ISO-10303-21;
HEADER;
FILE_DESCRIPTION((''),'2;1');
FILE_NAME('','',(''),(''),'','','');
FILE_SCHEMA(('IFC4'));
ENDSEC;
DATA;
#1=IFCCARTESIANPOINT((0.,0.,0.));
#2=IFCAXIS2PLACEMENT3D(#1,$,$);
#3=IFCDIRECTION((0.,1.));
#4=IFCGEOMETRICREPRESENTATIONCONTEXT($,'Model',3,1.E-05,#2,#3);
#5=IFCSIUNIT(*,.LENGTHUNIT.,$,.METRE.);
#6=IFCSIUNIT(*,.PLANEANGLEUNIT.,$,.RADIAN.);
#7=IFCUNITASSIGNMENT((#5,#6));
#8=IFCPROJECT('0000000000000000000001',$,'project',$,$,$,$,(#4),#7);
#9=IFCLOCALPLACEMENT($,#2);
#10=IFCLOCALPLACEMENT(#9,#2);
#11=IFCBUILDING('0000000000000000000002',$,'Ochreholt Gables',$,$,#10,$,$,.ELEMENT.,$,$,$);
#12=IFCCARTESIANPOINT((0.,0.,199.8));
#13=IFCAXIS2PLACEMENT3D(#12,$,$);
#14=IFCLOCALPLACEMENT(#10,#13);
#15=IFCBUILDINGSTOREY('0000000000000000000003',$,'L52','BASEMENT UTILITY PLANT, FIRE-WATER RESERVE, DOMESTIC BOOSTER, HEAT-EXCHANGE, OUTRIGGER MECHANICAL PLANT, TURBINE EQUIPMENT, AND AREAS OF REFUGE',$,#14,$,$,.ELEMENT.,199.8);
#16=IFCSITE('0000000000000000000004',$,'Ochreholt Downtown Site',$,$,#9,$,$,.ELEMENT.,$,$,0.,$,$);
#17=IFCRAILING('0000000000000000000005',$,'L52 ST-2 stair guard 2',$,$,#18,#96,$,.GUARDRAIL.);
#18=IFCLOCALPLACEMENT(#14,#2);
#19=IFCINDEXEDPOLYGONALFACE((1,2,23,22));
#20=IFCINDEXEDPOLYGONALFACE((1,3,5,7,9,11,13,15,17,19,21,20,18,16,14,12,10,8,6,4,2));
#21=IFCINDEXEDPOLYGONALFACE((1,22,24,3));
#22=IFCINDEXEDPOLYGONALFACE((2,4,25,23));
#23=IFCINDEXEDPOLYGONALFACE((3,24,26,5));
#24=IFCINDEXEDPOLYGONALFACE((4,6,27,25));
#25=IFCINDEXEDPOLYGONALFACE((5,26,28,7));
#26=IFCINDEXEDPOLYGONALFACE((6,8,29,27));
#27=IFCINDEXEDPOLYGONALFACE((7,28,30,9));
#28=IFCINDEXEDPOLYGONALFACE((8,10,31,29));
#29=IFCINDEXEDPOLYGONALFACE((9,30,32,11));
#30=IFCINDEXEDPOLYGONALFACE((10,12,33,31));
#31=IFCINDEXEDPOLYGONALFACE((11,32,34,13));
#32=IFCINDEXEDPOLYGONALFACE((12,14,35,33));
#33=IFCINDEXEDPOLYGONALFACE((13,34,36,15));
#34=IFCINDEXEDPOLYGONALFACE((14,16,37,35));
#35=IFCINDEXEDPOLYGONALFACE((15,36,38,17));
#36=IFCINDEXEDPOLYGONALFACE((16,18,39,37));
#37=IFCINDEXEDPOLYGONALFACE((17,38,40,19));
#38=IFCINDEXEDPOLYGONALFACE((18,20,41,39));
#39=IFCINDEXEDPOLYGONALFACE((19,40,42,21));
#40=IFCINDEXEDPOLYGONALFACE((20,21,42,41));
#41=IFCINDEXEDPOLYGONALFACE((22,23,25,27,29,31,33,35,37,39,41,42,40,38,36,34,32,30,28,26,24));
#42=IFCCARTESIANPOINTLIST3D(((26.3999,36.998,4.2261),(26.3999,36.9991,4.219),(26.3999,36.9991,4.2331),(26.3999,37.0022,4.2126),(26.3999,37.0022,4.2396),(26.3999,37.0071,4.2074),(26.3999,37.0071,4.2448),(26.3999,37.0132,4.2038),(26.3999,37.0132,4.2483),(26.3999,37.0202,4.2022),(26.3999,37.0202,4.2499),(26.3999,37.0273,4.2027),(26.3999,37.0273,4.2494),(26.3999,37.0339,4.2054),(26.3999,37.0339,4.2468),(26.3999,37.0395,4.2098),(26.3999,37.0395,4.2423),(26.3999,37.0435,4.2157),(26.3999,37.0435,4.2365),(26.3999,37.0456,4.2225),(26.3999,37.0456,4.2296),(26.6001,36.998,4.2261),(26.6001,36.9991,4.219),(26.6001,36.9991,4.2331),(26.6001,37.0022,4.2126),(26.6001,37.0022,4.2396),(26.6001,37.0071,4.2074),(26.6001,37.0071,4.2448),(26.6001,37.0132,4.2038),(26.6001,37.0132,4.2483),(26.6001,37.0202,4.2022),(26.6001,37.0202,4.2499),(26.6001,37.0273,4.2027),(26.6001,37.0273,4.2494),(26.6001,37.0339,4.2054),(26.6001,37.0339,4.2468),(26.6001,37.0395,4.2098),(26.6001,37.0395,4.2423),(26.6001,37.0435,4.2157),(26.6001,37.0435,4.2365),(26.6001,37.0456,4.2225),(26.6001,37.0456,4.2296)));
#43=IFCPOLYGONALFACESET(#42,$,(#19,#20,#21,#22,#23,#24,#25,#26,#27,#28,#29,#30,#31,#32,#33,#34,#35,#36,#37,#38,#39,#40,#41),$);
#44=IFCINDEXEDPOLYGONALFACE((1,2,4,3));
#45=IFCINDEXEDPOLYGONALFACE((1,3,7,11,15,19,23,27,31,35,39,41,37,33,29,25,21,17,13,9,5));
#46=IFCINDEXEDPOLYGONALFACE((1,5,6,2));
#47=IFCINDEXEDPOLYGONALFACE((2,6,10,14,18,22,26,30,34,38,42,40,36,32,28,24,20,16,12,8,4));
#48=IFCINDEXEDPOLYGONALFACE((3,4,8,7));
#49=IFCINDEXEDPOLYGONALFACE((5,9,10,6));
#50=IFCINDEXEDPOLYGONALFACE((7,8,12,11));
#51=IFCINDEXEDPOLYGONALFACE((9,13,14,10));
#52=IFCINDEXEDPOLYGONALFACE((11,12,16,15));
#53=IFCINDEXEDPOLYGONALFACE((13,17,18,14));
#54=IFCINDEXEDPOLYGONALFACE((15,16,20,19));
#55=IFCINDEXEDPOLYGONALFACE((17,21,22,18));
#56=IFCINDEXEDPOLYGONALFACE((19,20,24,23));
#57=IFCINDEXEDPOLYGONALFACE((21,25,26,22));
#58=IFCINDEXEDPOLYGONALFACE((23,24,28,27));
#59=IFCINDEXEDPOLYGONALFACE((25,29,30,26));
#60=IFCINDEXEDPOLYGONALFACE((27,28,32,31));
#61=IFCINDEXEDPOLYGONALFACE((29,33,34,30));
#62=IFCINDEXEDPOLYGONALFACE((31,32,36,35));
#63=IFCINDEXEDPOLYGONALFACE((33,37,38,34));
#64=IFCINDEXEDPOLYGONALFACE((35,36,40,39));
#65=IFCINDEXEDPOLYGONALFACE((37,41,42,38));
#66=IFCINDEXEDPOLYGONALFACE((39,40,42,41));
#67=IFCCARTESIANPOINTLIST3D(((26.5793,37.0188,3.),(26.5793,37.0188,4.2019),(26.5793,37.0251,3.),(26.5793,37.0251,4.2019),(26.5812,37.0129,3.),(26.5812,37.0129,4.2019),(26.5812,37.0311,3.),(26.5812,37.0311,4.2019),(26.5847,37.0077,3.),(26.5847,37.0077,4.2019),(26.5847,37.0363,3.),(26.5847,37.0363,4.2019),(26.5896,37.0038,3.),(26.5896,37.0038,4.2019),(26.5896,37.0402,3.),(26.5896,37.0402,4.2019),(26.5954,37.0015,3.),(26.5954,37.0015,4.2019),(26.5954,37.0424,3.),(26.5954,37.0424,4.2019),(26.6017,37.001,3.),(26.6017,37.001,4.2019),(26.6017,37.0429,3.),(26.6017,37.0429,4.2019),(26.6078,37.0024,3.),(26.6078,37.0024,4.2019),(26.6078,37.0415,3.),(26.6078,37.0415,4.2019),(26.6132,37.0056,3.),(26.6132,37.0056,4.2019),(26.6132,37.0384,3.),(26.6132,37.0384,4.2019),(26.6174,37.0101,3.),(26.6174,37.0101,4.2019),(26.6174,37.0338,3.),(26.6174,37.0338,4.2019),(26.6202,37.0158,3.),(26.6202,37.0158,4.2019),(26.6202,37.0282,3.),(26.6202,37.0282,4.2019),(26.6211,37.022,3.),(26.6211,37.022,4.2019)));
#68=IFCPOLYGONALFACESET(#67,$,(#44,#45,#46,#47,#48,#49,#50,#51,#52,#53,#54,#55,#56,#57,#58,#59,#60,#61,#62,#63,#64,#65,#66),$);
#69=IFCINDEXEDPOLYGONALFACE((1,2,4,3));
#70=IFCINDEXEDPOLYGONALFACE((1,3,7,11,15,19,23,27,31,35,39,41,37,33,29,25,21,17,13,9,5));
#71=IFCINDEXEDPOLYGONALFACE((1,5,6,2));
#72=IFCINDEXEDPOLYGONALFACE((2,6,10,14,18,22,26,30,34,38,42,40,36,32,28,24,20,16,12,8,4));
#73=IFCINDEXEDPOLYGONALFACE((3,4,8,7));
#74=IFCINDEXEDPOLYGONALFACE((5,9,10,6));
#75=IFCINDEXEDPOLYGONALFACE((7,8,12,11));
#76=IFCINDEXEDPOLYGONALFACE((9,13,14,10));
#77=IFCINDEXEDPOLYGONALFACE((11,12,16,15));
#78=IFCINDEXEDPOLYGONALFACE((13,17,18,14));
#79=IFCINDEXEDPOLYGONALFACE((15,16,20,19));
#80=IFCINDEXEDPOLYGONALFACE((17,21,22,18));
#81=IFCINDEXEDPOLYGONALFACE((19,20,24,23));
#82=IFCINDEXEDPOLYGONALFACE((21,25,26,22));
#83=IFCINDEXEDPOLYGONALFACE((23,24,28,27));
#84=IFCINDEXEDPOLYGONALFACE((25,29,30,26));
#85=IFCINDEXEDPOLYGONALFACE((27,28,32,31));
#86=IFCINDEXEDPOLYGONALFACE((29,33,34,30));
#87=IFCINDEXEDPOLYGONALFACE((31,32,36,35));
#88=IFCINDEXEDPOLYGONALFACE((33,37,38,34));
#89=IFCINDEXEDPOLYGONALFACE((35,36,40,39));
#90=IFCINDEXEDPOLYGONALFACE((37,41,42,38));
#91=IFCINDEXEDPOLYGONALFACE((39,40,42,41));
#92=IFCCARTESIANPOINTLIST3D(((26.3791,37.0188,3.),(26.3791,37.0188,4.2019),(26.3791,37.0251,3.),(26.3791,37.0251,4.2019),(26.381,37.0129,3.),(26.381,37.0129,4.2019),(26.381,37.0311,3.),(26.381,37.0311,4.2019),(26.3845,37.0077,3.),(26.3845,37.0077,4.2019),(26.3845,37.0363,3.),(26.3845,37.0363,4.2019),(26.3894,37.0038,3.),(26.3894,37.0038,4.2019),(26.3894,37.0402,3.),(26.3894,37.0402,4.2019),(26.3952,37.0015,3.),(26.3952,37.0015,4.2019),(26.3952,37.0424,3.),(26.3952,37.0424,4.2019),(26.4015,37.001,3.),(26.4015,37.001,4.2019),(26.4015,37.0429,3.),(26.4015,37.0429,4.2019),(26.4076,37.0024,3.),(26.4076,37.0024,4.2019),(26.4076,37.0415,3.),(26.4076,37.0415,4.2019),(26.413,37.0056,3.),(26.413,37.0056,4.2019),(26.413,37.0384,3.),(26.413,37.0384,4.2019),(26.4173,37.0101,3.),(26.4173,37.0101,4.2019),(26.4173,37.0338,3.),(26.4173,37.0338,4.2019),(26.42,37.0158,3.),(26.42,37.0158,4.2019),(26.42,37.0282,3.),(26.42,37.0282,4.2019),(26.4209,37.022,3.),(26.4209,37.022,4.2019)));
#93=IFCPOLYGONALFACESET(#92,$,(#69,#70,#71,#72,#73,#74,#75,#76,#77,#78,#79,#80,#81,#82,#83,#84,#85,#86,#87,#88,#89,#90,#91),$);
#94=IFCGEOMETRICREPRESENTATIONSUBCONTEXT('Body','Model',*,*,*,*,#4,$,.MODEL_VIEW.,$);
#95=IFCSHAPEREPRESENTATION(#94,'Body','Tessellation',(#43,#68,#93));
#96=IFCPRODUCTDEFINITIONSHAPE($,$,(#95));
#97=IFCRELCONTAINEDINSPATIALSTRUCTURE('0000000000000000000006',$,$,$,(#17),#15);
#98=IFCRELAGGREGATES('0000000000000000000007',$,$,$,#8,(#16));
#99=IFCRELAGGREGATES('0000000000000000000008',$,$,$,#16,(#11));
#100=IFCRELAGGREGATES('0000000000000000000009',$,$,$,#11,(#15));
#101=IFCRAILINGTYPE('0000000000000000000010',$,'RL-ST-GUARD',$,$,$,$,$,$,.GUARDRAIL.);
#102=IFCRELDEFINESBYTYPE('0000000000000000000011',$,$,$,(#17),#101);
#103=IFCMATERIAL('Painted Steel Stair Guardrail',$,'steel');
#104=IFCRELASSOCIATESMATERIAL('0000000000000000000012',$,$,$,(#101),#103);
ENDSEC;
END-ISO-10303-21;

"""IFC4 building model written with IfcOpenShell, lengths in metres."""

from ifc_helpers import new_model, si_unit, direction, frame, origin, origin_2d, place, context, subcontext, project, spatial, circle, extrude, material, type_object, element, save


model = new_model("IFC4")

# Units and contexts
model_context = context("Model", 3, precision=1e-05, world=origin(), true_north=direction((0.0, 1.0)))
body_context = subcontext(model_context, "Body", "Model", "MODEL_VIEW")
ifc_project = project(units=[si_unit("LENGTHUNIT", "METRE"), si_unit("PLANEANGLEUNIT", "RADIAN")], contexts=[model_context])

# Site, building, storey
site_placement = place(None, origin())
site = spatial("IfcSite", under=ifc_project, at=site_placement, Name="Ochreholt Downtown Site", CompositionType="ELEMENT", RefElevation=0.0)
building_placement = place(site_placement, origin())
building = spatial("IfcBuilding", under=site, at=building_placement, Name="Ochreholt Gables", CompositionType="ELEMENT")
storey_placement = place(building_placement, frame((0.0, 0.0, 199.8)))
storey = spatial("IfcBuildingStorey", under=building, at=storey_placement, Name="L52", Description="BASEMENT UTILITY PLANT, FIRE-WATER RESERVE, DOMESTIC BOOSTER, HEAT-EXCHANGE, OUTRIGGER MECHANICAL PLANT, TURBINE EQUIPMENT, AND AREAS OF REFUGE", CompositionType="ELEMENT", Elevation=199.8)

# Railing
ifc_material_1 = material(Name="Painted Steel Stair Guardrail", Category="steel")
railing_type_1 = type_object("IfcRailingType", Name="RL-ST-GUARD", PredefinedType="GUARDRAIL", material=ifc_material_1)
railing_1_placement = place(storey_placement, frame((26.6001, 37.022, 3.0)))
element("IfcRailing", 1, at=railing_1_placement, inside=storey, type_object=railing_type_1, Name="L52 ST-2 stair guard 2", PredefinedType="GUARDRAIL", context=body_context, shape_type="SweptSolid", body=[
    extrude(circle(Radius=0.0239, at=origin_2d()), frame((0.0, 0.0, 1.2261), z_axis=(-1.0, 0.0, 0.0), x_axis=(0.0, -1.0, 0.0)), (0.0, 0.0, 1.0), 0.2002),
    extrude(circle(Radius=0.021, at=origin_2d()), origin(), (0.0, 0.0, 1.0), 1.2019),
    extrude(circle(Radius=0.021, at=origin_2d()), frame((-0.2002, 0.0, 0.0)), (0.0, 0.0, 1.0), 1.2019),
])

save(model, "model.ifc")
